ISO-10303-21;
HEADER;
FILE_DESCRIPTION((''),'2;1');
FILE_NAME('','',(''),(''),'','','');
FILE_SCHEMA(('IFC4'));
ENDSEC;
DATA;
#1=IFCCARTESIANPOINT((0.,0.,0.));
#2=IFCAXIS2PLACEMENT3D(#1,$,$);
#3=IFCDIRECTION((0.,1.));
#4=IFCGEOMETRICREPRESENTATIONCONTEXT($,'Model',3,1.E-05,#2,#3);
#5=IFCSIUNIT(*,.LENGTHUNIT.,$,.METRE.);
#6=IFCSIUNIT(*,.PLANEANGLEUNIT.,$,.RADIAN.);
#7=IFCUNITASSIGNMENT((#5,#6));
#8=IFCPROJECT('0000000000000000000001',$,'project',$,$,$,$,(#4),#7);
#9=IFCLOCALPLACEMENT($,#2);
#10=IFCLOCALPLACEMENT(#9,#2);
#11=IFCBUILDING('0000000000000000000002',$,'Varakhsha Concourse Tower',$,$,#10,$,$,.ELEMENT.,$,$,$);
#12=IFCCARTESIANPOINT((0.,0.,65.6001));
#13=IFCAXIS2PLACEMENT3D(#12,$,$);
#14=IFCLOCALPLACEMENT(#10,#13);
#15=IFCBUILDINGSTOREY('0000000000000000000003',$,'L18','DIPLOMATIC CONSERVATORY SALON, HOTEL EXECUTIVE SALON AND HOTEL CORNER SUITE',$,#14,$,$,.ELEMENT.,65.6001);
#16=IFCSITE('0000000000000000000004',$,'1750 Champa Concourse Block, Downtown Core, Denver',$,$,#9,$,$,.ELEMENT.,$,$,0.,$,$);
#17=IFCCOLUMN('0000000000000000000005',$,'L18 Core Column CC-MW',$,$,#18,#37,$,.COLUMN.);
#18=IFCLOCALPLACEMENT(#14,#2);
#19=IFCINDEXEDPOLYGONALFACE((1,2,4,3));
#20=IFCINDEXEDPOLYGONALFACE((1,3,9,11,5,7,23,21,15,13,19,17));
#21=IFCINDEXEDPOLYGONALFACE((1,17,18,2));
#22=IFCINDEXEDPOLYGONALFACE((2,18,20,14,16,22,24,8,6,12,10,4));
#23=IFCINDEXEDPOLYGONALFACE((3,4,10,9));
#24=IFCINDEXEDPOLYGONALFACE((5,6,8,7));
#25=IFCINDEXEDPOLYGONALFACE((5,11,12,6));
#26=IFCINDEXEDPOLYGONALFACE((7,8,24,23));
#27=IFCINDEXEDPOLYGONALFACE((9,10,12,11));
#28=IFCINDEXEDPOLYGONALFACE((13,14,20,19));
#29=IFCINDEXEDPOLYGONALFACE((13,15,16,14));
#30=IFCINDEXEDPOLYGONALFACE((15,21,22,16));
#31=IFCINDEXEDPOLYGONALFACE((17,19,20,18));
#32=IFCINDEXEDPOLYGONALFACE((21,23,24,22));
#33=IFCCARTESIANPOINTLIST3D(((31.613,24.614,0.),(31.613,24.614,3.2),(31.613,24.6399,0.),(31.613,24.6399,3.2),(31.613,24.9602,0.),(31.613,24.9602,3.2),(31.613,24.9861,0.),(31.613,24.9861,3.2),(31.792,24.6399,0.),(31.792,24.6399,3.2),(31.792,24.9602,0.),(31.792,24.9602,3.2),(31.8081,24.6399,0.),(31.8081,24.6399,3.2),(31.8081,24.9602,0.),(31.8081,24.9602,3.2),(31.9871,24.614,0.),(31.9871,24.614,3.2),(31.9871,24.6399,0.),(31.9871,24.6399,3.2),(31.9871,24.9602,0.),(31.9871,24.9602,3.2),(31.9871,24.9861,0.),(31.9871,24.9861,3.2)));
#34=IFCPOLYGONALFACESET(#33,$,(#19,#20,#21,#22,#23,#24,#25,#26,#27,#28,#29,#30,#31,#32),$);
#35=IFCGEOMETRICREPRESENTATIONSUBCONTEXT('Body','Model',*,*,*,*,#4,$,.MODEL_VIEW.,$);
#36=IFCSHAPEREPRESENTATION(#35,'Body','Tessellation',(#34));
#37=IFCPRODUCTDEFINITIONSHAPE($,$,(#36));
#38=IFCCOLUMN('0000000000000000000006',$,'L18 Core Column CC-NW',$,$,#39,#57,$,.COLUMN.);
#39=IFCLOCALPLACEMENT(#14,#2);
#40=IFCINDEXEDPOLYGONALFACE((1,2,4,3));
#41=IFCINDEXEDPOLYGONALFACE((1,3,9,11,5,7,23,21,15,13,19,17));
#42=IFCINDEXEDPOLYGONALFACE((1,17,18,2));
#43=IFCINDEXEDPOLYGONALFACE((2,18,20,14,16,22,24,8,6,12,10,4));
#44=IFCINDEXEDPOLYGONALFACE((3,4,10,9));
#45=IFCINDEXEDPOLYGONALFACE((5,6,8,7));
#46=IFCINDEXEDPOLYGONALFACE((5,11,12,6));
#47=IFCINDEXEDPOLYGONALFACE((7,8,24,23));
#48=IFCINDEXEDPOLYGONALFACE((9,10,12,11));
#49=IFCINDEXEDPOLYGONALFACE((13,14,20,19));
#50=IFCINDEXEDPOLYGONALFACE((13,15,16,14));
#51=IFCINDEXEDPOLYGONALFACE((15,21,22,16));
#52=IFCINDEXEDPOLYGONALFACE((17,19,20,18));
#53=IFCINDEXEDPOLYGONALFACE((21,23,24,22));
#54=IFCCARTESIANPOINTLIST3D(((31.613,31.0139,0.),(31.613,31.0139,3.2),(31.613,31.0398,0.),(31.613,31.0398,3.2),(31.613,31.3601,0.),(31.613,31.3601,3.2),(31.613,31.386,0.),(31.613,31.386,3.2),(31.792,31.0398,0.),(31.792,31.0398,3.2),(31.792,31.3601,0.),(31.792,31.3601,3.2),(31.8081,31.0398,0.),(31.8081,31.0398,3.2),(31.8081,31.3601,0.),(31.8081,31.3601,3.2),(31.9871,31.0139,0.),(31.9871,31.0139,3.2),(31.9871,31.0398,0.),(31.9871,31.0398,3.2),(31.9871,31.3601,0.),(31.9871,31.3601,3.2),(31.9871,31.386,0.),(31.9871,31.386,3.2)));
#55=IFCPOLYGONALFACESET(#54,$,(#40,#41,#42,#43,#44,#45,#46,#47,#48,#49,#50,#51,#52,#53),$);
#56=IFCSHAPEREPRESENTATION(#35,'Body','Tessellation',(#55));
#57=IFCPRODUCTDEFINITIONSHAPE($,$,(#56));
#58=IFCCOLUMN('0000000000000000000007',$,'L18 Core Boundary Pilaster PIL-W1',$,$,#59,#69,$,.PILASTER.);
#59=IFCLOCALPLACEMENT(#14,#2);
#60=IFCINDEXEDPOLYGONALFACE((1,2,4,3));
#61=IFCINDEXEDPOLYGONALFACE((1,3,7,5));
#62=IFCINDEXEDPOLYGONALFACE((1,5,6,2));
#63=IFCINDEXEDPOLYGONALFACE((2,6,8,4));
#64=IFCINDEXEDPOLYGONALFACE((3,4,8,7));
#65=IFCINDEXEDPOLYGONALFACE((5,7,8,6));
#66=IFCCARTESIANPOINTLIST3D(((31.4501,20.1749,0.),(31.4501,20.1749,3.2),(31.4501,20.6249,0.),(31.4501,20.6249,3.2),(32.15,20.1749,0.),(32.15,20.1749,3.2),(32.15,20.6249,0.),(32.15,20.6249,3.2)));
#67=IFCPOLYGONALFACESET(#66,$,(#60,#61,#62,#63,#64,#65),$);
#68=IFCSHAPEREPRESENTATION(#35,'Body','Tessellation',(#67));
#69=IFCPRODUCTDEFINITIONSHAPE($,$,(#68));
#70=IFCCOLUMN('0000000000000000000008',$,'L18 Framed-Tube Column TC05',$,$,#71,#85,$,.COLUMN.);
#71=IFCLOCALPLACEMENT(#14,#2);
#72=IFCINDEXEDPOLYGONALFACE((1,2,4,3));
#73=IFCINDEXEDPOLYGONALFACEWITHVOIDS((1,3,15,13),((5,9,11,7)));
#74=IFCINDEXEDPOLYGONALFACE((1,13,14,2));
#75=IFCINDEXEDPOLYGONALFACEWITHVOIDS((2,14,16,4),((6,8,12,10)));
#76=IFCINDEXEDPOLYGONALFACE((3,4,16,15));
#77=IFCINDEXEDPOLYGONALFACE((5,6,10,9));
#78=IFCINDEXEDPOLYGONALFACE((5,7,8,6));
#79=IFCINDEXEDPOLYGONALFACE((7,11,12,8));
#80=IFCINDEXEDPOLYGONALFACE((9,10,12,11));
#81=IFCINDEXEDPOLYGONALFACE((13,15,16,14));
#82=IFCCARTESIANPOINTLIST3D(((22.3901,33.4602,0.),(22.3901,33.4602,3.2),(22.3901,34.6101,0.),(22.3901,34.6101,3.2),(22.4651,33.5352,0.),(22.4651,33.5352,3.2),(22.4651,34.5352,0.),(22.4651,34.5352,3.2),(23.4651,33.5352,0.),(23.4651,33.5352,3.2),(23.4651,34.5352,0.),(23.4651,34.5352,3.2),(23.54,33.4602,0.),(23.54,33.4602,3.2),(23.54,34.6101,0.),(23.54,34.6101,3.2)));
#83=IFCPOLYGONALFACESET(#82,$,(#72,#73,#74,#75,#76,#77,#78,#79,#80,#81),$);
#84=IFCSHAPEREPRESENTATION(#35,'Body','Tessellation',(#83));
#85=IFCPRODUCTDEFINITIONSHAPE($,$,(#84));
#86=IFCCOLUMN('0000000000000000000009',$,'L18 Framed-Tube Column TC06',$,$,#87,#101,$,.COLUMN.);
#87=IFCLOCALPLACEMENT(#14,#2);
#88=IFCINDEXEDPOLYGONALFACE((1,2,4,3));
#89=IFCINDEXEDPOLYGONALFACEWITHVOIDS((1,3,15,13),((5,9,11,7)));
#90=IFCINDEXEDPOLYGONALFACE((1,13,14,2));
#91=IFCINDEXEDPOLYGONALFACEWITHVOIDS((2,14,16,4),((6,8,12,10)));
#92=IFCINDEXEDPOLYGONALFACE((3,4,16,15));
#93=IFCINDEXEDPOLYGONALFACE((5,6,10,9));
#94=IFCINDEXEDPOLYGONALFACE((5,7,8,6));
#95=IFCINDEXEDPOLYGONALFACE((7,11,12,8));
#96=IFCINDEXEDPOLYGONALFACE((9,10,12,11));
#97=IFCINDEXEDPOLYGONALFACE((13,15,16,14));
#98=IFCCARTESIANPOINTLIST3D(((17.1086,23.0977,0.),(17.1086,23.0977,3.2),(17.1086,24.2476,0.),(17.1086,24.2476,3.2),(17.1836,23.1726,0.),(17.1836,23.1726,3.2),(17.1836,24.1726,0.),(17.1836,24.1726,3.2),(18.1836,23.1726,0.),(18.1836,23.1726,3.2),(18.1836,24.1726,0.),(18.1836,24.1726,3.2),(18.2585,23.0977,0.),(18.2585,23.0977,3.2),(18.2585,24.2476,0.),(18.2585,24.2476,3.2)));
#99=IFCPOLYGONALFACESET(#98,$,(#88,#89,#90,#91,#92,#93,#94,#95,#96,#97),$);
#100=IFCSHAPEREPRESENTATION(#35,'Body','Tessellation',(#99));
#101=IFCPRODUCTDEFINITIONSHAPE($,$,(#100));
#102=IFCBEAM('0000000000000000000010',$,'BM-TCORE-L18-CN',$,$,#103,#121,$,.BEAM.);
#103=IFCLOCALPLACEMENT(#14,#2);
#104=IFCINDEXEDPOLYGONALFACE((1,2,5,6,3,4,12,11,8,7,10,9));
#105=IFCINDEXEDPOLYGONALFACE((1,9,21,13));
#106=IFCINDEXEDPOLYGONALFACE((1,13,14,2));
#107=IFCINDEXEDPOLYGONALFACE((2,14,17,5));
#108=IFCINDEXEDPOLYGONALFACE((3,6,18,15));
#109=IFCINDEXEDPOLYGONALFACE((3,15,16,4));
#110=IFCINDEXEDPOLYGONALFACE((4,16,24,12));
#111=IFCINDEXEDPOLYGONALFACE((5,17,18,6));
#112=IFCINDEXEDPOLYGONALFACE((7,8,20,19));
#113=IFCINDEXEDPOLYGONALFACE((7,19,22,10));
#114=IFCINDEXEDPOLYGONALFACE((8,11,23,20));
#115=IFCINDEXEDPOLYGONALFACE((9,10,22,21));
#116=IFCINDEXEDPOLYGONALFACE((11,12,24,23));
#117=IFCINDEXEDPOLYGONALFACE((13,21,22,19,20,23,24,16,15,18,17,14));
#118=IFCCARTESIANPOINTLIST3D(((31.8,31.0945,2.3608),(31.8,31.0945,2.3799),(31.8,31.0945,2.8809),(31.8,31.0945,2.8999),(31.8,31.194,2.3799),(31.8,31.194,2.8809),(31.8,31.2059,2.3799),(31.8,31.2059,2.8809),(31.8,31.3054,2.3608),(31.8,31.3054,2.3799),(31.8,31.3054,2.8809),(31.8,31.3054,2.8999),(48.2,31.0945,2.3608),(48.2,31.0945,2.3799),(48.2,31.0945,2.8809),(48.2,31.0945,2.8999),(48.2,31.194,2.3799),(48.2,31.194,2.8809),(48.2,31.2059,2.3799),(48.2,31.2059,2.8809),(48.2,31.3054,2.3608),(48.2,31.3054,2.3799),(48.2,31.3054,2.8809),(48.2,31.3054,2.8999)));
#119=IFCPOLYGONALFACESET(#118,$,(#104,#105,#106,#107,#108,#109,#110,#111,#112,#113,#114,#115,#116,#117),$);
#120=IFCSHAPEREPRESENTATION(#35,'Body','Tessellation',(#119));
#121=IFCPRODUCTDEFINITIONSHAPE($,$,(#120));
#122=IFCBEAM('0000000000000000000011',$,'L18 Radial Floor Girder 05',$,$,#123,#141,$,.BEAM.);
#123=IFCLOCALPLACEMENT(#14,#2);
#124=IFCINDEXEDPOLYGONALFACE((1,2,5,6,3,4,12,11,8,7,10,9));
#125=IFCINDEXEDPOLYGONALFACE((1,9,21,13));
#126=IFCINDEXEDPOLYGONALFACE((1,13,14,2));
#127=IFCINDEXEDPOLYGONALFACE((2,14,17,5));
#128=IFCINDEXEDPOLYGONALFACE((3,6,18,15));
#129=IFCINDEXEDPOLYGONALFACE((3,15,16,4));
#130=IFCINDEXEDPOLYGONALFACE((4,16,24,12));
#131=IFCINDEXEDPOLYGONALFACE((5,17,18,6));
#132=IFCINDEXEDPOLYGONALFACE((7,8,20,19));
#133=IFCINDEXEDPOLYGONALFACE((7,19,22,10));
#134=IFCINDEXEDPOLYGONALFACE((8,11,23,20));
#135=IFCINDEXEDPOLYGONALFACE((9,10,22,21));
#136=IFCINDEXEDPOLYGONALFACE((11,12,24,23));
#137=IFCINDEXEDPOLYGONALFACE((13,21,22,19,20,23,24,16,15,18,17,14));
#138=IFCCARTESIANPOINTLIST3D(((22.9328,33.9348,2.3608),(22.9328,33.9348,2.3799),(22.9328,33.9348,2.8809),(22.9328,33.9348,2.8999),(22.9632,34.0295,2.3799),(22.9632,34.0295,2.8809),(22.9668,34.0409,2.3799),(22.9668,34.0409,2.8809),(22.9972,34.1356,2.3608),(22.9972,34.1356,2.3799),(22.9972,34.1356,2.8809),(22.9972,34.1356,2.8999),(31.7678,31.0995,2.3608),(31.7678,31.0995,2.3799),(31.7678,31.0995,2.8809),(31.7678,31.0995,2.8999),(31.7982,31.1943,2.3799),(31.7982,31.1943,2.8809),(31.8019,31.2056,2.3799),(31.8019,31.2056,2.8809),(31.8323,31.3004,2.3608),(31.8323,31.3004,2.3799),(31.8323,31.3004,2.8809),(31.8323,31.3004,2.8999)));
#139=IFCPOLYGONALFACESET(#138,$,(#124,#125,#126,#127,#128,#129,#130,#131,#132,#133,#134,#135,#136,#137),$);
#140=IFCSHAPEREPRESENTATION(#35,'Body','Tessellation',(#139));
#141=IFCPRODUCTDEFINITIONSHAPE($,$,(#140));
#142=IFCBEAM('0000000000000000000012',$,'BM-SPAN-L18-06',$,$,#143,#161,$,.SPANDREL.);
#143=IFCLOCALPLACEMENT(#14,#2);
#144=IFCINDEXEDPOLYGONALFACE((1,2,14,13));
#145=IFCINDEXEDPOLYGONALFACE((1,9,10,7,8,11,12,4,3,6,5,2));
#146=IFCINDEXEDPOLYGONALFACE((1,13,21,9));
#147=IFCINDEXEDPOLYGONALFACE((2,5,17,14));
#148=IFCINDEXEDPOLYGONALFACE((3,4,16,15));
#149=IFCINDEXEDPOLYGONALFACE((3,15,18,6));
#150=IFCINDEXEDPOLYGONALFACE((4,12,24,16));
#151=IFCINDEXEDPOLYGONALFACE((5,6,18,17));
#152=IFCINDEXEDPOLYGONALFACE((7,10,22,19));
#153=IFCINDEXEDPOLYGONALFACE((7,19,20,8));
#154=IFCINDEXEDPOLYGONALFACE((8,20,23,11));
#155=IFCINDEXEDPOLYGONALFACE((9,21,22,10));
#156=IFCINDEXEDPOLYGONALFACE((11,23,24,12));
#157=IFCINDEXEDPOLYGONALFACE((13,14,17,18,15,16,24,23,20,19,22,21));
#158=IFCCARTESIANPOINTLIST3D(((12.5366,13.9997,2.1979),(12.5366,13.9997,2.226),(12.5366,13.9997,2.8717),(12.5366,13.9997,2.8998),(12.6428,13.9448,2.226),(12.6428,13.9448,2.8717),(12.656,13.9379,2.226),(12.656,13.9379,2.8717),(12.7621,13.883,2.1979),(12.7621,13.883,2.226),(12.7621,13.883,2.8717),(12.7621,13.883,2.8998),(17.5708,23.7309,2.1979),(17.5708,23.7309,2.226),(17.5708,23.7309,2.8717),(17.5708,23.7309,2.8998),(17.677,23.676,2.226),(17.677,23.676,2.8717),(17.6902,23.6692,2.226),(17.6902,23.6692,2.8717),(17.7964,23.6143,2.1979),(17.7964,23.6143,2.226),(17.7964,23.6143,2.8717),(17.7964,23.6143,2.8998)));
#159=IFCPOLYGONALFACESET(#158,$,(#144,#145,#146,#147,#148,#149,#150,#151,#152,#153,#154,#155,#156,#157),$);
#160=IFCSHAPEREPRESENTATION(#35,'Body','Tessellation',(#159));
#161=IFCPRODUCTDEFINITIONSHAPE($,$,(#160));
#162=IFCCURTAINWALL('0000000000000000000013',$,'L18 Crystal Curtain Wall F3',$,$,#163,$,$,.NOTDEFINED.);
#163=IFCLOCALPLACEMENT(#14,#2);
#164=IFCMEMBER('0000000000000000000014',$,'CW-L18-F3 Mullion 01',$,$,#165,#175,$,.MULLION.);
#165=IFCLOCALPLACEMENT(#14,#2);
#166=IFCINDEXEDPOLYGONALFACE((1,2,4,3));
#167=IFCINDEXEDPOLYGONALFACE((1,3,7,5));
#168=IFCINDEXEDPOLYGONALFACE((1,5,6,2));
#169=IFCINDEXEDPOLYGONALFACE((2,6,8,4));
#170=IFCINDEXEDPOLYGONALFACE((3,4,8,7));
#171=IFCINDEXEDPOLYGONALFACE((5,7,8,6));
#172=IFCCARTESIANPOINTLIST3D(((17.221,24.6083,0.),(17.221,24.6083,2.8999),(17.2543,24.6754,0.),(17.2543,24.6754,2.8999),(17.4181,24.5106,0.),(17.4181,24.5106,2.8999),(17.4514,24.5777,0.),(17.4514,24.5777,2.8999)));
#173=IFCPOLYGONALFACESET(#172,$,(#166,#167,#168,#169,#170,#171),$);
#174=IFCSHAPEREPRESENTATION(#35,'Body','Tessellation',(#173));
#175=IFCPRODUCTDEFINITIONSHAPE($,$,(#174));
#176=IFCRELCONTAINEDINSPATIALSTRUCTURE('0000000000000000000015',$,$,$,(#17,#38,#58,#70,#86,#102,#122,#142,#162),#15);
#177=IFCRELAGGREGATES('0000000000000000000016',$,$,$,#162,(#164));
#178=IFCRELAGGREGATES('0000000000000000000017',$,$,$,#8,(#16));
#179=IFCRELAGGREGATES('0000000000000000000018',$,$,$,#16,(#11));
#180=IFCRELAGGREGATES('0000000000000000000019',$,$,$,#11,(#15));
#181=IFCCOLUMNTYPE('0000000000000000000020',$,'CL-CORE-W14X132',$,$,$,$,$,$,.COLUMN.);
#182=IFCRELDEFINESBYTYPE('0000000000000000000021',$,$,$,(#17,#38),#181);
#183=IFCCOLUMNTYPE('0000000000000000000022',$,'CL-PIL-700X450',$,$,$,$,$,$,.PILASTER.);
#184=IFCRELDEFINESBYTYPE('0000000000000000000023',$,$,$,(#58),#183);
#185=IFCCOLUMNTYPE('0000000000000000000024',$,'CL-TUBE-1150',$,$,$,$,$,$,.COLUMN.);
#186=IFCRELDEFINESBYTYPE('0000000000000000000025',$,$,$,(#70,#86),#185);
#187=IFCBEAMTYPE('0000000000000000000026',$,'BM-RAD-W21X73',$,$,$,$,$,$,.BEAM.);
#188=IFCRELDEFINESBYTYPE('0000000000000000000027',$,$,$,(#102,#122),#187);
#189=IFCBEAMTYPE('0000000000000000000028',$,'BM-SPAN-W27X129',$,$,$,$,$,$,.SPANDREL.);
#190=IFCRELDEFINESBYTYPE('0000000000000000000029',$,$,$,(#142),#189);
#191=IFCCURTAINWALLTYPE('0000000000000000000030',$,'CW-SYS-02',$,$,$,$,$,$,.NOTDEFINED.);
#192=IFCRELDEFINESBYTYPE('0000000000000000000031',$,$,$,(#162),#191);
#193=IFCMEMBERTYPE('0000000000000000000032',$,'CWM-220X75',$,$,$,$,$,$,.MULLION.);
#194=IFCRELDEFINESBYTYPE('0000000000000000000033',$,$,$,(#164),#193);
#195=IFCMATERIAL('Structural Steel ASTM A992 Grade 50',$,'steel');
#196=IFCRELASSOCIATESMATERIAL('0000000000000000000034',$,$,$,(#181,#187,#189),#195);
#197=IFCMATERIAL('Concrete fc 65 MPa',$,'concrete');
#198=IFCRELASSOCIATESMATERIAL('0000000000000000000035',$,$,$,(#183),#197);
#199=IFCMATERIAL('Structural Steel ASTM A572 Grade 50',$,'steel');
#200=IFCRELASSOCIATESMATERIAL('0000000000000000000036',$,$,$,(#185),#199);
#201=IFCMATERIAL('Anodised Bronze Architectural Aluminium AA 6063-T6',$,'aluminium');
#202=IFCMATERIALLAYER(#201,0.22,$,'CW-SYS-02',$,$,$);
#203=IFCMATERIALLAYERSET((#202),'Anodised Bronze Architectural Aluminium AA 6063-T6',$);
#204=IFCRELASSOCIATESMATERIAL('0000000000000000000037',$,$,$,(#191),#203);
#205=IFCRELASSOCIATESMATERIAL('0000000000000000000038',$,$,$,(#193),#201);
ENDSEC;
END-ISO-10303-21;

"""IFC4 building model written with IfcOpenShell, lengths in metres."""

from ifc_helpers import new_model, si_unit, direction, frame, origin, origin_2d, place, context, subcontext, project, spatial, rectangle, hollow_rectangle, i_section, extrude, source, transform, mapped, material, layer, layer_set, material_profile, profile_set, type_object, type_shapes, element, aggregate, save


model = new_model("IFC4")

# Units and contexts
model_context = context("Model", 3, precision=1e-05, world=origin(), true_north=direction((0.0, 1.0)))
body_context = subcontext(model_context, "Body", "Model", "MODEL_VIEW")
ifc_project = project(units=[si_unit("LENGTHUNIT", "METRE"), si_unit("PLANEANGLEUNIT", "RADIAN")], contexts=[model_context])

# Site, building, storey
site_placement = place(None, origin())
site = spatial("IfcSite", under=ifc_project, at=site_placement, Name="1750 Champa Concourse Block, Downtown Core, Denver", CompositionType="ELEMENT", RefElevation=0.0)
building_placement = place(site_placement, origin())
building = spatial("IfcBuilding", under=site, at=building_placement, Name="Varakhsha Concourse Tower", CompositionType="ELEMENT")
storey_placement = place(building_placement, frame((0.0, 0.0, 65.6001)))
storey = spatial("IfcBuildingStorey", under=building, at=storey_placement, Name="L18", Description="DIPLOMATIC CONSERVATORY SALON, HOTEL EXECUTIVE SALON AND HOTEL CORNER SUITE", CompositionType="ELEMENT", Elevation=65.6001)

# Columns
ifc_material_1 = material(Name="Structural Steel ASTM A992 Grade 50", Category="steel")
ifc_material_profile_1 = material_profile(ifc_material_1, i_section(OverallWidth=0.374, OverallDepth=0.3721, WebThickness=0.0161, FlangeThickness=0.0259, at=origin_2d()), Name="W14X132")
ifc_profile_set_1 = profile_set([ifc_material_profile_1], Name="Structural Steel ASTM A992 Grade 50")
column_type_1 = type_object("IfcColumnType", Name="CL-CORE-W14X132", PredefinedType="COLUMN", material=ifc_profile_set_1)
for number, where, z_axis, x_axis, name in (
    (1, (31.8, 24.8, 0.0), (0.0, 0.0, 1.0), (1.0, 0.0, 0.0), "L18 Core Column CC-MW"),
    (2, (31.8, 31.2, 0.0), (0.0, 0.0, 1.0), (1.0, 0.0, 0.0), "L18 Core Column CC-NW"),
):
    element("IfcColumn", number, at=place(storey_placement, frame(where, z_axis=z_axis, x_axis=x_axis)), inside=storey, type_object=column_type_1, Name=name, PredefinedType="COLUMN", context=body_context, shape_type="SweptSolid", body=[
        extrude(i_section(OverallWidth=0.374, OverallDepth=0.3721, WebThickness=0.0161, FlangeThickness=0.0259, at=origin_2d()), origin(), (0.0, 0.0, 1.0), 3.2),
    ])
ifc_material_2 = material(Name="Concrete fc 65 MPa", Category="concrete")
ifc_material_profile_2 = material_profile(ifc_material_2, rectangle(XDim=0.7, YDim=0.45, at=origin_2d()), Name="RC 700x450")
ifc_profile_set_2 = profile_set([ifc_material_profile_2], Name="Concrete fc 65 MPa")
column_type_2 = type_object("IfcColumnType", Name="CL-PIL-700X450", PredefinedType="PILASTER", material=ifc_profile_set_2)
column_placement = place(storey_placement, frame((31.8, 20.3999, 0.0), z_axis=(0.0, 0.0, 1.0), x_axis=(1.0, 0.0, 0.0)))
element("IfcColumn", 3, at=column_placement, inside=storey, type_object=column_type_2, Name="L18 Core Boundary Pilaster PIL-W1", PredefinedType="PILASTER", context=body_context, shape_type="SweptSolid", body=[
    extrude(rectangle(XDim=0.7, YDim=0.45, at=origin_2d()), origin(), (0.0, 0.0, 1.0), 3.2),
])
ifc_material_3 = material(Name="Structural Steel ASTM A572 Grade 50", Category="steel")
ifc_material_profile_3 = material_profile(ifc_material_3, hollow_rectangle(XDim=1.1499, YDim=1.1499, WallThickness=0.075, at=origin_2d()), Name="BOX 1150x1150x75")
ifc_profile_set_3 = profile_set([ifc_material_profile_3], Name="Structural Steel ASTM A572 Grade 50")
column_type_3 = type_object("IfcColumnType", Name="CL-TUBE-1150", PredefinedType="COLUMN", material=ifc_profile_set_3)
for number, where, z_axis, x_axis, name in (
    (4, (22.9651, 34.0352, 0.0), (0.0, 0.0, 1.0), (1.0, 0.0, 0.0), "L18 Framed-Tube Column TC05"),
    (5, (17.6836, 23.6726, 0.0), (0.0, 0.0, 1.0), (1.0, 0.0, 0.0), "L18 Framed-Tube Column TC06"),
):
    element("IfcColumn", number, at=place(storey_placement, frame(where, z_axis=z_axis, x_axis=x_axis)), inside=storey, type_object=column_type_3, Name=name, PredefinedType="COLUMN", context=body_context, shape_type="SweptSolid", body=[
        extrude(hollow_rectangle(XDim=1.1499, YDim=1.1499, WallThickness=0.075, at=origin_2d()), origin(), (0.0, 0.0, 1.0), 3.2),
    ])

# Beams
ifc_material_profile_4 = material_profile(ifc_material_1, i_section(OverallWidth=0.2109, OverallDepth=0.5391, WebThickness=0.012, FlangeThickness=0.019, at=origin_2d()), Name="W21X73")
ifc_profile_set_4 = profile_set([ifc_material_profile_4], Name="Structural Steel ASTM A992 Grade 50")
beam_type_1 = type_object("IfcBeamType", Name="BM-RAD-W21X73", PredefinedType="BEAM", material=ifc_profile_set_4)
beam_1_placement = place(storey_placement, frame((31.8, 31.2, 2.6304), z_axis=(1.0, 0.0, 0.0), x_axis=(0.0, 1.0, 0.0)))
element("IfcBeam", 6, at=beam_1_placement, inside=storey, type_object=beam_type_1, Name="BM-TCORE-L18-CN", PredefinedType="BEAM", context=body_context, shape_type="SweptSolid", body=[
    extrude(i_section(OverallWidth=0.2109, OverallDepth=0.5391, WebThickness=0.012, FlangeThickness=0.019, at=origin_2d()), origin(), (0.0, 0.0, 1.0), 16.3999),
])
beam_2_placement = place(storey_placement, frame((31.8, 31.2, 2.6304), z_axis=(-0.952173, 0.305559, 0.0), x_axis=(-0.305559, -0.952173, 0.0)))
element("IfcBeam", 7, at=beam_2_placement, inside=storey, type_object=beam_type_1, Name="L18 Radial Floor Girder 05", PredefinedType="BEAM", context=body_context, shape_type="SweptSolid", body=[
    extrude(i_section(OverallWidth=0.2109, OverallDepth=0.5391, WebThickness=0.012, FlangeThickness=0.019, at=origin_2d()), origin(), (0.0, 0.0, 1.0), 9.2788),
])
ifc_material_profile_5 = material_profile(ifc_material_1, i_section(OverallWidth=0.2539, OverallDepth=0.7019, WebThickness=0.0149, FlangeThickness=0.0281, at=origin_2d()), Name="W27X129")
ifc_profile_set_5 = profile_set([ifc_material_profile_5], Name="Structural Steel ASTM A992 Grade 50")
beam_type_2 = type_object("IfcBeamType", Name="BM-SPAN-W27X129", PredefinedType="SPANDREL", material=ifc_profile_set_5)
beam_3_placement = place(storey_placement, frame((17.6836, 23.6726, 2.5488), z_axis=(-0.459481, -0.888188, 0.0), x_axis=(0.888188, -0.459481, 0.0)))
element("IfcBeam", 8, at=beam_3_placement, inside=storey, type_object=beam_type_2, Name="BM-SPAN-L18-06", PredefinedType="SPANDREL", context=body_context, shape_type="SweptSolid", body=[
    extrude(i_section(OverallWidth=0.2539, OverallDepth=0.7019, WebThickness=0.0149, FlangeThickness=0.0281, at=origin_2d()), origin(), (0.0, 0.0, 1.0), 10.9563),
])

# Curtain wall, member
ifc_material_4 = material(Name="Anodised Bronze Architectural Aluminium AA 6063-T6", Category="aluminium")
ifc_layer_1 = layer(ifc_material_4, 0.22, Name="CW-SYS-02")
ifc_layer_set_1 = layer_set([ifc_layer_1], Name="Anodised Bronze Architectural Aluminium AA 6063-T6")
curtain_wall_type = type_object("IfcCurtainWallType", Name="CW-SYS-02", PredefinedType="NOTDEFINED", material=ifc_layer_set_1)
curtain_wall_placement = place(storey_placement, origin())
curtain_wall = element("IfcCurtainWall", 9, at=curtain_wall_placement, inside=storey, type_object=curtain_wall_type, Name="L18 Crystal Curtain Wall F3", PredefinedType="NOTDEFINED")
ifc_material_profile_6 = material_profile(ifc_material_4, rectangle(XDim=0.075, YDim=0.22, at=origin_2d()), Name="CWM-220X75")
ifc_profile_set_6 = profile_set([ifc_material_profile_6], Name="Anodised Bronze Architectural Aluminium AA 6063-T6")
member_type_1 = type_object("IfcMemberType", Name="CWM-220X75", PredefinedType="MULLION", material=ifc_profile_set_6)
shared_shape_1 = source(origin(), body_context, "Body", "SweptSolid", [
    extrude(rectangle(XDim=0.075, YDim=0.22, at=origin_2d()), origin(), (0.0, 0.0, 1.0), 2.8999),
])
type_shapes(member_type_1, [shared_shape_1])
member_1_placement = place(storey_placement, frame((17.3362, 24.593, 0.0), z_axis=(0.0, 0.0, 1.0), x_axis=(0.44411, 0.895972, 0.0)))
member_1 = element("IfcMember", 10, at=member_1_placement, type_object=member_type_1, Name="CW-L18-F3 Mullion 01", PredefinedType="MULLION", context=body_context, shape_type="MappedRepresentation", body=[
    mapped(shared_shape_1, transform((0.0, 0.0, 0.0), scale=1.0)),
])
aggregate(curtain_wall, [member_1])

save(model, "model.ifc")
